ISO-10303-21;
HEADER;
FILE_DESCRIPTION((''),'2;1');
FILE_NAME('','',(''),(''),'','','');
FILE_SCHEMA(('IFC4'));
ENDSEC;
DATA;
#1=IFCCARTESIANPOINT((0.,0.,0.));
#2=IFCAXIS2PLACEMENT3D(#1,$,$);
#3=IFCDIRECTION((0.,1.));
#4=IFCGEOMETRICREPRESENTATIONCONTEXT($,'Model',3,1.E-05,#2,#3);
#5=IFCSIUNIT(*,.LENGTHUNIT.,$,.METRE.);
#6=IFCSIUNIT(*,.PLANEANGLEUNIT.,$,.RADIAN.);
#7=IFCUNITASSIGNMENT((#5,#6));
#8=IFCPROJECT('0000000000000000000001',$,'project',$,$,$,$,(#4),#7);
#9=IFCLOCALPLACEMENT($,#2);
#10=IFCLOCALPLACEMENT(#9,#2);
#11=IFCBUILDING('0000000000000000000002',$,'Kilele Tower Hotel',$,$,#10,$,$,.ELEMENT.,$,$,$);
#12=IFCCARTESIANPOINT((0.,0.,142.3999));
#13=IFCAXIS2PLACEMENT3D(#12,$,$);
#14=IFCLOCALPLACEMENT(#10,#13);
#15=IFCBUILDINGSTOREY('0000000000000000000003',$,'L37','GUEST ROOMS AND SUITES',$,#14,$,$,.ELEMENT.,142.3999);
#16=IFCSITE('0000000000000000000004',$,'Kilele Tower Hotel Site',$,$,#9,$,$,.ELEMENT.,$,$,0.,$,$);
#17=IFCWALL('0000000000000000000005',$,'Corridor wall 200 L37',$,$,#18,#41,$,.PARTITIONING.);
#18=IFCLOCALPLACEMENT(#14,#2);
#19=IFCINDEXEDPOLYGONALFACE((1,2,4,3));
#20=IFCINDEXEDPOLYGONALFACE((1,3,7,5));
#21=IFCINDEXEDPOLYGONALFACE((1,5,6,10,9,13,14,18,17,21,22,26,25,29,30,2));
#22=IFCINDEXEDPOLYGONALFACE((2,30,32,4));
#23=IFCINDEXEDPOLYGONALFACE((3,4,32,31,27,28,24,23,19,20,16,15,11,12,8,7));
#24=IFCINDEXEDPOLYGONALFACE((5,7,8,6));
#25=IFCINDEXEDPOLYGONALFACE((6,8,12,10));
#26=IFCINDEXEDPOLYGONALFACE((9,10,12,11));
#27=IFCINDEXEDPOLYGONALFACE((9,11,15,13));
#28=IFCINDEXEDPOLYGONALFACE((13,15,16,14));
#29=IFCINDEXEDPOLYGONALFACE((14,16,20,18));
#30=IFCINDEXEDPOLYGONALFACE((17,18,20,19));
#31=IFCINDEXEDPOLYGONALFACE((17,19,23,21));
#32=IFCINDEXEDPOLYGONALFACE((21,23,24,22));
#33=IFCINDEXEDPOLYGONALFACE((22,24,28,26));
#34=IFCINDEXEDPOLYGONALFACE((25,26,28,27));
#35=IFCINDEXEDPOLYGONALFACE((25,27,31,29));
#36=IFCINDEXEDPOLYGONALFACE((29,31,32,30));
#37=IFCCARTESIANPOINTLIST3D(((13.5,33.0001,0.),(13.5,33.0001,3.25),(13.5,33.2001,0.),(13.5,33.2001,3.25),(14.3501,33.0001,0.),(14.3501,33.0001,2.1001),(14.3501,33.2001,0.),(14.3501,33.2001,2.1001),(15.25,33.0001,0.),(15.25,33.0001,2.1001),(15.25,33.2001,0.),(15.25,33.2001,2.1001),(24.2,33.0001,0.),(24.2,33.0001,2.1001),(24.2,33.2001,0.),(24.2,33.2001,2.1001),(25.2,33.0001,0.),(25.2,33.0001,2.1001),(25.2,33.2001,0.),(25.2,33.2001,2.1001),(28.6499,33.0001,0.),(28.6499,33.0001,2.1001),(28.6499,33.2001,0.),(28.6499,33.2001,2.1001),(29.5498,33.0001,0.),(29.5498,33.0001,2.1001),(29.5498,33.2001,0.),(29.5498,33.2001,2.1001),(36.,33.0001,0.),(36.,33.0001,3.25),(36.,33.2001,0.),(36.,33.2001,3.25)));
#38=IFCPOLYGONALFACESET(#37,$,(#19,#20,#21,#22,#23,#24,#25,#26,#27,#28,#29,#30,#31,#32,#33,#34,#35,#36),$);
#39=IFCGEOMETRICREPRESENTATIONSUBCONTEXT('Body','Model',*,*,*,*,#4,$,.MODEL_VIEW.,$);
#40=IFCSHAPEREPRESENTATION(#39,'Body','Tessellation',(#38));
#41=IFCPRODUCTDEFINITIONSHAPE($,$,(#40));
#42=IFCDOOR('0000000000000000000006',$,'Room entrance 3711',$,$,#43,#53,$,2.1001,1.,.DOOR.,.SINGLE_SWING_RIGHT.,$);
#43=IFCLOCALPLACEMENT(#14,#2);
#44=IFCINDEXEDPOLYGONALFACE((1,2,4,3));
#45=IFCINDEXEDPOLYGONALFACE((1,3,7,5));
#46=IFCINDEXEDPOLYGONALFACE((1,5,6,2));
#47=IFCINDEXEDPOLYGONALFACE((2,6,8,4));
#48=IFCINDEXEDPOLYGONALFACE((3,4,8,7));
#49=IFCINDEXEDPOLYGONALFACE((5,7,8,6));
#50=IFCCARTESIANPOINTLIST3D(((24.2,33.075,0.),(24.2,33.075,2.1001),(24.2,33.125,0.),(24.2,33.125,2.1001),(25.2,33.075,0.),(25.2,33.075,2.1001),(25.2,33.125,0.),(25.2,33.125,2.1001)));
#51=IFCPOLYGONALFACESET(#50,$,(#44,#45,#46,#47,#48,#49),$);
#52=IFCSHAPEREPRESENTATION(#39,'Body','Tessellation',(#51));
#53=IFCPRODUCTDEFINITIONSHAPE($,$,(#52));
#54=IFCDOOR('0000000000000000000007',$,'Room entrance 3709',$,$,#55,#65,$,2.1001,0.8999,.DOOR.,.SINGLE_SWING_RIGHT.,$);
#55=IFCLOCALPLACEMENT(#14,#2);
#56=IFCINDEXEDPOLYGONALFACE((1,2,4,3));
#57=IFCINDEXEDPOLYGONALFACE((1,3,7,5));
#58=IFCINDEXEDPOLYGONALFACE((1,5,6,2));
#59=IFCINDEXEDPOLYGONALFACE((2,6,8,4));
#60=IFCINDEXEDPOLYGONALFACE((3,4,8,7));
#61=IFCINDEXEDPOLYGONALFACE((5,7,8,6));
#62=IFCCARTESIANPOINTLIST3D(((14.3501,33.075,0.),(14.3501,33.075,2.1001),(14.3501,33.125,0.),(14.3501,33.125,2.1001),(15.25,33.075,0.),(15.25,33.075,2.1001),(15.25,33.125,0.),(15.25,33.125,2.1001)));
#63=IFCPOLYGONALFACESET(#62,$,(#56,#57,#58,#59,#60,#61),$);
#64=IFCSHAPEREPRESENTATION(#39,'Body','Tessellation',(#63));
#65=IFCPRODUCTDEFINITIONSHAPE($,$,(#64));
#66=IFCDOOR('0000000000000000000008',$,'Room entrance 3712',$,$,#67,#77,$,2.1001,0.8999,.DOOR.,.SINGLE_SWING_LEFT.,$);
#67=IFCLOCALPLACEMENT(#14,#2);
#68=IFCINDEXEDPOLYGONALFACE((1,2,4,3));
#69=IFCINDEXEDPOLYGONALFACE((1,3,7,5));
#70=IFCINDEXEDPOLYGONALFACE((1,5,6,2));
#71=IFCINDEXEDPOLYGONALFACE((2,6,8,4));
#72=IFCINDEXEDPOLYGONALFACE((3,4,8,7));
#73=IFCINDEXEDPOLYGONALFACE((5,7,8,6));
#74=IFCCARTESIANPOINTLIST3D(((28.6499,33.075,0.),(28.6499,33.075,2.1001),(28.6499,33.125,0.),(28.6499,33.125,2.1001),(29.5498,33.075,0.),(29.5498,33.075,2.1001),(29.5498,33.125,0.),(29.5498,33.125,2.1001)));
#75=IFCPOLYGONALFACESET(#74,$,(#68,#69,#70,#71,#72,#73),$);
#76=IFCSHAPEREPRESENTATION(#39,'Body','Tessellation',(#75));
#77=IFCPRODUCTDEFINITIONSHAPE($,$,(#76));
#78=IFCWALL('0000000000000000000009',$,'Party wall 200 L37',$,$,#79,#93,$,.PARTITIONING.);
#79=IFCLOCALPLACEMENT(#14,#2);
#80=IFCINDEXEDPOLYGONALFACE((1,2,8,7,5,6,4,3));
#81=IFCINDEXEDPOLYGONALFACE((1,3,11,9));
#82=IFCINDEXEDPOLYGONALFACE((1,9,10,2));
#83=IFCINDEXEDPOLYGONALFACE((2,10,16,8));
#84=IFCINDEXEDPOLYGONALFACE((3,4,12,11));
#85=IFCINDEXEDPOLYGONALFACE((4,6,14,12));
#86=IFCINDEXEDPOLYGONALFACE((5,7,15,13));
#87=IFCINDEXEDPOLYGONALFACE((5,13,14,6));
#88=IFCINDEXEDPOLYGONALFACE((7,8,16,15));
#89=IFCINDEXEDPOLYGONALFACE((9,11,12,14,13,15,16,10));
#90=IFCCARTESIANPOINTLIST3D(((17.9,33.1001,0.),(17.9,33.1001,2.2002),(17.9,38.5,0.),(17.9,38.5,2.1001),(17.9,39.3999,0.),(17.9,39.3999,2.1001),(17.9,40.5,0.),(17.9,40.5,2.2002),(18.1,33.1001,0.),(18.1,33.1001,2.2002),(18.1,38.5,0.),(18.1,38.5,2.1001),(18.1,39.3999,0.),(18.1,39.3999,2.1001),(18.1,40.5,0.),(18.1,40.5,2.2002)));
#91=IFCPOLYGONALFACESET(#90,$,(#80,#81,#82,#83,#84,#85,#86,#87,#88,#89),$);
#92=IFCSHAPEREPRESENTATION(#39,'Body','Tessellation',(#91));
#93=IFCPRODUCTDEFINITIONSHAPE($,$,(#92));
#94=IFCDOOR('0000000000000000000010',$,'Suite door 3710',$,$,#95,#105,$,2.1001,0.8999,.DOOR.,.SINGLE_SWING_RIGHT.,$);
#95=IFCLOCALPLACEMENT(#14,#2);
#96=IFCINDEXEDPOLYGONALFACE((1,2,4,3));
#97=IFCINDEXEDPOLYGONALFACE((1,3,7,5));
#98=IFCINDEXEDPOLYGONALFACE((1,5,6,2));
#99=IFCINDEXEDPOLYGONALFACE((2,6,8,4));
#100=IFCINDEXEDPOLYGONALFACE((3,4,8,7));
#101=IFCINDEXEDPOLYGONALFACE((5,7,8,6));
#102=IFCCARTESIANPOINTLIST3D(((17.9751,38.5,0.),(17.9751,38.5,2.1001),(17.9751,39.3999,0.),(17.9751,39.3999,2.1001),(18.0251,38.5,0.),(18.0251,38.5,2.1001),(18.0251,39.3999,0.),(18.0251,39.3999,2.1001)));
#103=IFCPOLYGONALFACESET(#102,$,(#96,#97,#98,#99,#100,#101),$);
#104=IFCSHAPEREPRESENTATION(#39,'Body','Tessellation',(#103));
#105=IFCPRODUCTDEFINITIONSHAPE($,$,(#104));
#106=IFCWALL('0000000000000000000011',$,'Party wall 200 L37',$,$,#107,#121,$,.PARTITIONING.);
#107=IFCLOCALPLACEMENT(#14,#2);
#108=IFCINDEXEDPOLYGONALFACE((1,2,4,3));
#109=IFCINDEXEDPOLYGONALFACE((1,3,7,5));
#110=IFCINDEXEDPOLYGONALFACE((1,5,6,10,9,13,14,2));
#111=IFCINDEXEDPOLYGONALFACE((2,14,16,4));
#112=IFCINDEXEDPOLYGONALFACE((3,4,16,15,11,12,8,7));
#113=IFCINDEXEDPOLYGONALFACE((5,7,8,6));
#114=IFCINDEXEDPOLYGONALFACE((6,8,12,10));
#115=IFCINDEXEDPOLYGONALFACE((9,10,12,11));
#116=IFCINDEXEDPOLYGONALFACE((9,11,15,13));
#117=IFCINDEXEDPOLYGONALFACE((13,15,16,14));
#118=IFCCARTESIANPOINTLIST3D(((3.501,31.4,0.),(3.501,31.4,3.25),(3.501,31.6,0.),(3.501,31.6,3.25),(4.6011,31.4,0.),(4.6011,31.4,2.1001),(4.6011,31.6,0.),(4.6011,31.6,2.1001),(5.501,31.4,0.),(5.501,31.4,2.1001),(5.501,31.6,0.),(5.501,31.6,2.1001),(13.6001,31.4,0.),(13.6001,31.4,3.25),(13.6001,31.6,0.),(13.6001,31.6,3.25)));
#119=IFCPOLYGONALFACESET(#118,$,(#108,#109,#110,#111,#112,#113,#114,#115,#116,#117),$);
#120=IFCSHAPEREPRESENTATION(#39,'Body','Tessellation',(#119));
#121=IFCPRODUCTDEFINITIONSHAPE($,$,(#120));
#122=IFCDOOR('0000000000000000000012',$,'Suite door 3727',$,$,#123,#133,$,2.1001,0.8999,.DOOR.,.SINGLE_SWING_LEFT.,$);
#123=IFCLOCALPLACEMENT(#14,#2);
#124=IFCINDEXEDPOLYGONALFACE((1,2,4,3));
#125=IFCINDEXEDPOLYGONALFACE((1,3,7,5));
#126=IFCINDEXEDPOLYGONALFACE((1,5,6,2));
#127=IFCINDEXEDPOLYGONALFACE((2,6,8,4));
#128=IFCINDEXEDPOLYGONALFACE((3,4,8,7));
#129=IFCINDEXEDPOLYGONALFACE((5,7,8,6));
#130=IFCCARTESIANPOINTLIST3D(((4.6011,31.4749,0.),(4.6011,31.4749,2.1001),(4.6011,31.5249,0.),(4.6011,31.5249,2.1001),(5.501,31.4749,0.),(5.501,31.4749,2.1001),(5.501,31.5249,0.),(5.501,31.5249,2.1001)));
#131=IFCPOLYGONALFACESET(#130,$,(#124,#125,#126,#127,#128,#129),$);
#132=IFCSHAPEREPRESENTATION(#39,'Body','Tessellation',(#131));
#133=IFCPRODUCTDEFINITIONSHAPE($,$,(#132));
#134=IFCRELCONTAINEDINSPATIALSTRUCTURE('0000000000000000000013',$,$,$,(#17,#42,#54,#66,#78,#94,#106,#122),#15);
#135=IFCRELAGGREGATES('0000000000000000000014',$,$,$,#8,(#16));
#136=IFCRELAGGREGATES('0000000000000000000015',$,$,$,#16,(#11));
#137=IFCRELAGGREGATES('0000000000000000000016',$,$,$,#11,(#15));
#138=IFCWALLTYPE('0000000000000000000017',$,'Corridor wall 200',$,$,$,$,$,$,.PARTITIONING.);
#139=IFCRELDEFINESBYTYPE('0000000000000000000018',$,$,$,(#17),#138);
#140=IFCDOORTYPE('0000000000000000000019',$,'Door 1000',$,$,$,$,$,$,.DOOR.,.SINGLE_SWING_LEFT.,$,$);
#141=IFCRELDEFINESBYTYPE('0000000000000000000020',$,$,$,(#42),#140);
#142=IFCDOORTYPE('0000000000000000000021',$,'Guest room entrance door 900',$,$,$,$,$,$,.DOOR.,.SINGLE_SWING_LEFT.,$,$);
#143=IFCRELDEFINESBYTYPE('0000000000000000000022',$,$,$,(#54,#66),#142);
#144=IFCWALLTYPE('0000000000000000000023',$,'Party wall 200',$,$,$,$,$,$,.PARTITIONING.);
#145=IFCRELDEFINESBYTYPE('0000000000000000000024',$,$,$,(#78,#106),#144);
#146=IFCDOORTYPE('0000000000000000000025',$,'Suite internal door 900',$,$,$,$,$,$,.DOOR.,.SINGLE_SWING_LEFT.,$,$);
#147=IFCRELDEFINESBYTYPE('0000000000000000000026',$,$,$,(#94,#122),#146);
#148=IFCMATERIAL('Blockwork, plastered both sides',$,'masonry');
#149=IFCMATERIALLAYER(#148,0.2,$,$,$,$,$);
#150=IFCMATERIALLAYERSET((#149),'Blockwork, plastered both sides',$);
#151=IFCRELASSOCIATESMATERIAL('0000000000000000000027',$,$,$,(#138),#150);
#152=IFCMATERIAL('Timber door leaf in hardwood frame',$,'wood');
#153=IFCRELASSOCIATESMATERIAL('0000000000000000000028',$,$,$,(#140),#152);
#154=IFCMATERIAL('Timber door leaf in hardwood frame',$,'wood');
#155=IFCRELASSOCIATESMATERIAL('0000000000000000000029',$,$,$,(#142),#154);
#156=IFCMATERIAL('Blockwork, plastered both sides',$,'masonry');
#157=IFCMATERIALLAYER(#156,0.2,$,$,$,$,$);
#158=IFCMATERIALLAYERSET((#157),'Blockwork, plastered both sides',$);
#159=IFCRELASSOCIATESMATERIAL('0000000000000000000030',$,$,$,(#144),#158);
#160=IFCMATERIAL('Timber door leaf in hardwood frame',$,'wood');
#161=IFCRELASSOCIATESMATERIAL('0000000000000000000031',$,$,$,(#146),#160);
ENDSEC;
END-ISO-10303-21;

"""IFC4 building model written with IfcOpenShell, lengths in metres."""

from ifc_helpers import new_model, si_unit, direction, frame, frame_2d, origin, place, context, subcontext, project, spatial, rectangle, extrude, material, layer, layer_set, type_object, element, fill, save


model = new_model("IFC4")

# Units and contexts
model_context = context("Model", 3, precision=1e-05, world=origin(), true_north=direction((0.0, 1.0)))
body_context = subcontext(model_context, "Body", "Model", "MODEL_VIEW")
ifc_project = project(units=[si_unit("LENGTHUNIT", "METRE"), si_unit("PLANEANGLEUNIT", "RADIAN")], contexts=[model_context])

# Site, building, storey
site_placement = place(None, origin())
site = spatial("IfcSite", under=ifc_project, at=site_placement, Name="Kilele Tower Hotel Site", CompositionType="ELEMENT", RefElevation=0.0)
building_placement = place(site_placement, origin())
building = spatial("IfcBuilding", under=site, at=building_placement, Name="Kilele Tower Hotel", CompositionType="ELEMENT")
storey_placement = place(building_placement, frame((0.0, 0.0, 142.3999)))
storey = spatial("IfcBuildingStorey", under=building, at=storey_placement, Name="L37", Description="GUEST ROOMS AND SUITES", CompositionType="ELEMENT", Elevation=142.3999)

# Wall, openings, doors
ifc_material_1 = material(Name="Blockwork, plastered both sides", Category="masonry")
ifc_layer_1 = layer(ifc_material_1, 0.2)
ifc_layer_set_1 = layer_set([ifc_layer_1], Name="Blockwork, plastered both sides")
wall_type_1 = type_object("IfcWallType", Name="Corridor wall 200", PredefinedType="PARTITIONING", material=ifc_layer_set_1)
wall_1_placement = place(storey_placement, frame((13.5, 33.1001, 0.0), z_axis=(0.0, 0.0, 1.0), x_axis=(1.0, 0.0, 0.0)))
wall_1 = element("IfcWall", 1, at=wall_1_placement, inside=storey, type_object=wall_type_1, Name="Corridor wall 200 L37", PredefinedType="PARTITIONING", context=body_context, shape_type="SweptSolid", body=[
    extrude(rectangle(XDim=22.5, YDim=0.2, at=frame_2d((11.25, 0.0))), origin(), (0.0, 0.0, 1.0), 3.25),
])
opening_1_placement = place(wall_1_placement, frame((0.8501, 0.0, 0.0)))
opening_1 = element("IfcOpeningElement", 2, at=opening_1_placement, cuts=wall_1, PredefinedType="OPENING", context=body_context, shape_type="SweptSolid", body=[
    extrude(rectangle(XDim=0.8999, YDim=2.1001, at=frame_2d((0.45, 1.05))), frame((0.0, 0.1099, 0.0), z_axis=(0.0, -1.0, 0.0), x_axis=(1.0, 0.0, 0.0)), (0.0, 0.0, 1.0), 0.22),
])
opening_2_placement = place(wall_1_placement, frame((10.7, 0.0, 0.0)))
opening_2 = element("IfcOpeningElement", 3, at=opening_2_placement, cuts=wall_1, PredefinedType="OPENING", context=body_context, shape_type="SweptSolid", body=[
    extrude(rectangle(XDim=1.0, YDim=2.1001, at=frame_2d((0.5, 1.05))), frame((0.0, 0.1099, 0.0), z_axis=(0.0, -1.0, 0.0), x_axis=(1.0, 0.0, 0.0)), (0.0, 0.0, 1.0), 0.22),
])
opening_3_placement = place(wall_1_placement, frame((15.1499, 0.0, 0.0)))
opening_3 = element("IfcOpeningElement", 4, at=opening_3_placement, cuts=wall_1, PredefinedType="OPENING", context=body_context, shape_type="SweptSolid", body=[
    extrude(rectangle(XDim=0.8999, YDim=2.1001, at=frame_2d((0.45, 1.05))), frame((0.0, 0.1099, 0.0), z_axis=(0.0, -1.0, 0.0), x_axis=(1.0, 0.0, 0.0)), (0.0, 0.0, 1.0), 0.22),
])
ifc_material_2 = material(Name="Timber door leaf in hardwood frame", Category="wood")
door_type_1 = type_object("IfcDoorType", Name="Door 1000", OperationType="SINGLE_SWING_LEFT", PredefinedType="DOOR", material=ifc_material_2)
door_1_placement = place(opening_2_placement, origin())
door_1 = element("IfcDoor", 5, at=door_1_placement, inside=storey, type_object=door_type_1, Name="Room entrance 3711", OperationType="SINGLE_SWING_RIGHT", OverallHeight=2.1001, OverallWidth=1.0, PredefinedType="DOOR", context=body_context, shape_type="SweptSolid", body=[
    extrude(rectangle(XDim=1.0, YDim=2.1001, at=frame_2d((0.5, 1.05))), frame((0.0, 0.0249, 0.0), z_axis=(0.0, -1.0, 0.0), x_axis=(1.0, 0.0, 0.0)), (0.0, 0.0, 1.0), 0.05),
])
fill(opening_2, door_1)
ifc_material_3 = material(Name="Timber door leaf in hardwood frame", Category="wood")
door_type_2 = type_object("IfcDoorType", Name="Guest room entrance door 900", OperationType="SINGLE_SWING_LEFT", PredefinedType="DOOR", material=ifc_material_3)
door_2_placement = place(opening_1_placement, origin())
door_2 = element("IfcDoor", 6, at=door_2_placement, inside=storey, type_object=door_type_2, Name="Room entrance 3709", OperationType="SINGLE_SWING_RIGHT", OverallHeight=2.1001, OverallWidth=0.8999, PredefinedType="DOOR", context=body_context, shape_type="SweptSolid", body=[
    extrude(rectangle(XDim=0.8999, YDim=2.1001, at=frame_2d((0.45, 1.05))), frame((0.0, 0.0249, 0.0), z_axis=(0.0, -1.0, 0.0), x_axis=(1.0, 0.0, 0.0)), (0.0, 0.0, 1.0), 0.05),
])
fill(opening_1, door_2)
door_3_placement = place(opening_3_placement, origin())
door_3 = element("IfcDoor", 7, at=door_3_placement, inside=storey, type_object=door_type_2, Name="Room entrance 3712", OperationType="SINGLE_SWING_LEFT", OverallHeight=2.1001, OverallWidth=0.8999, PredefinedType="DOOR", context=body_context, shape_type="SweptSolid", body=[
    extrude(rectangle(XDim=0.8999, YDim=2.1001, at=frame_2d((0.45, 1.05))), frame((0.0, 0.0249, 0.0), z_axis=(0.0, -1.0, 0.0), x_axis=(1.0, 0.0, 0.0)), (0.0, 0.0, 1.0), 0.05),
])
fill(opening_3, door_3)

# Walls, openings, doors
ifc_material_4 = material(Name="Blockwork, plastered both sides", Category="masonry")
ifc_layer_2 = layer(ifc_material_4, 0.2)
ifc_layer_set_2 = layer_set([ifc_layer_2], Name="Blockwork, plastered both sides")
wall_type_2 = type_object("IfcWallType", Name="Party wall 200", PredefinedType="PARTITIONING", material=ifc_layer_set_2)
wall_2_placement = place(storey_placement, frame((18.0, 33.1001, 0.0), z_axis=(0.0, 0.0, 1.0), x_axis=(0.0, 1.0, 0.0)))
wall_2 = element("IfcWall", 8, at=wall_2_placement, inside=storey, type_object=wall_type_2, Name="Party wall 200 L37", PredefinedType="PARTITIONING", context=body_context, shape_type="SweptSolid", body=[
    extrude(rectangle(XDim=7.3999, YDim=0.2, at=frame_2d((3.7, 0.0))), origin(), (0.0, 0.0, 1.0), 2.2002),
])
opening_4_placement = place(wall_2_placement, frame((5.3999, 0.0, 0.0)))
opening_4 = element("IfcOpeningElement", 9, at=opening_4_placement, cuts=wall_2, PredefinedType="OPENING", context=body_context, shape_type="SweptSolid", body=[
    extrude(rectangle(XDim=0.8999, YDim=2.1001, at=frame_2d((0.45, 1.05))), frame((0.0, 0.1099, 0.0), z_axis=(0.0, -1.0, 0.0), x_axis=(1.0, 0.0, 0.0)), (0.0, 0.0, 1.0), 0.22),
])
ifc_material_5 = material(Name="Timber door leaf in hardwood frame", Category="wood")
door_type_3 = type_object("IfcDoorType", Name="Suite internal door 900", OperationType="SINGLE_SWING_LEFT", PredefinedType="DOOR", material=ifc_material_5)
door_4_placement = place(opening_4_placement, origin())
door_4 = element("IfcDoor", 10, at=door_4_placement, inside=storey, type_object=door_type_3, Name="Suite door 3710", OperationType="SINGLE_SWING_RIGHT", OverallHeight=2.1001, OverallWidth=0.8999, PredefinedType="DOOR", context=body_context, shape_type="SweptSolid", body=[
    extrude(rectangle(XDim=0.8999, YDim=2.1001, at=frame_2d((0.45, 1.05))), frame((0.0, 0.0249, 0.0), z_axis=(0.0, -1.0, 0.0), x_axis=(1.0, 0.0, 0.0)), (0.0, 0.0, 1.0), 0.05),
])
fill(opening_4, door_4)
wall_3_placement = place(storey_placement, frame((13.6001, 31.5, 0.0), z_axis=(0.0, 0.0, 1.0), x_axis=(-1.0, 0.0, 0.0)))
wall_3 = element("IfcWall", 11, at=wall_3_placement, inside=storey, type_object=wall_type_2, Name="Party wall 200 L37", PredefinedType="PARTITIONING", context=body_context, shape_type="SweptSolid", body=[
    extrude(rectangle(XDim=10.0991, YDim=0.2, at=frame_2d((5.0496, 0.0))), origin(), (0.0, 0.0, 1.0), 3.25),
])
opening_5_placement = place(wall_3_placement, frame((8.999, 0.0, 0.0), z_axis=(0.0, 0.0, 1.0), x_axis=(-1.0, 0.0, 0.0)))
opening_5 = element("IfcOpeningElement", 12, at=opening_5_placement, cuts=wall_3, PredefinedType="OPENING", context=body_context, shape_type="SweptSolid", body=[
    extrude(rectangle(XDim=0.8999, YDim=2.1001, at=frame_2d((0.45, 1.05))), frame((0.0, 0.1099, 0.0), z_axis=(0.0, -1.0, 0.0), x_axis=(1.0, 0.0, 0.0)), (0.0, 0.0, 1.0), 0.22),
])
door_5_placement = place(opening_5_placement, origin())
door_5 = element("IfcDoor", 13, at=door_5_placement, inside=storey, type_object=door_type_3, Name="Suite door 3727", OperationType="SINGLE_SWING_LEFT", OverallHeight=2.1001, OverallWidth=0.8999, PredefinedType="DOOR", context=body_context, shape_type="SweptSolid", body=[
    extrude(rectangle(XDim=0.8999, YDim=2.1001, at=frame_2d((0.45, 1.05))), frame((0.0, 0.0249, 0.0), z_axis=(0.0, -1.0, 0.0), x_axis=(1.0, 0.0, 0.0)), (0.0, 0.0, 1.0), 0.05),
])
fill(opening_5, door_5)

save(model, "model.ifc")
